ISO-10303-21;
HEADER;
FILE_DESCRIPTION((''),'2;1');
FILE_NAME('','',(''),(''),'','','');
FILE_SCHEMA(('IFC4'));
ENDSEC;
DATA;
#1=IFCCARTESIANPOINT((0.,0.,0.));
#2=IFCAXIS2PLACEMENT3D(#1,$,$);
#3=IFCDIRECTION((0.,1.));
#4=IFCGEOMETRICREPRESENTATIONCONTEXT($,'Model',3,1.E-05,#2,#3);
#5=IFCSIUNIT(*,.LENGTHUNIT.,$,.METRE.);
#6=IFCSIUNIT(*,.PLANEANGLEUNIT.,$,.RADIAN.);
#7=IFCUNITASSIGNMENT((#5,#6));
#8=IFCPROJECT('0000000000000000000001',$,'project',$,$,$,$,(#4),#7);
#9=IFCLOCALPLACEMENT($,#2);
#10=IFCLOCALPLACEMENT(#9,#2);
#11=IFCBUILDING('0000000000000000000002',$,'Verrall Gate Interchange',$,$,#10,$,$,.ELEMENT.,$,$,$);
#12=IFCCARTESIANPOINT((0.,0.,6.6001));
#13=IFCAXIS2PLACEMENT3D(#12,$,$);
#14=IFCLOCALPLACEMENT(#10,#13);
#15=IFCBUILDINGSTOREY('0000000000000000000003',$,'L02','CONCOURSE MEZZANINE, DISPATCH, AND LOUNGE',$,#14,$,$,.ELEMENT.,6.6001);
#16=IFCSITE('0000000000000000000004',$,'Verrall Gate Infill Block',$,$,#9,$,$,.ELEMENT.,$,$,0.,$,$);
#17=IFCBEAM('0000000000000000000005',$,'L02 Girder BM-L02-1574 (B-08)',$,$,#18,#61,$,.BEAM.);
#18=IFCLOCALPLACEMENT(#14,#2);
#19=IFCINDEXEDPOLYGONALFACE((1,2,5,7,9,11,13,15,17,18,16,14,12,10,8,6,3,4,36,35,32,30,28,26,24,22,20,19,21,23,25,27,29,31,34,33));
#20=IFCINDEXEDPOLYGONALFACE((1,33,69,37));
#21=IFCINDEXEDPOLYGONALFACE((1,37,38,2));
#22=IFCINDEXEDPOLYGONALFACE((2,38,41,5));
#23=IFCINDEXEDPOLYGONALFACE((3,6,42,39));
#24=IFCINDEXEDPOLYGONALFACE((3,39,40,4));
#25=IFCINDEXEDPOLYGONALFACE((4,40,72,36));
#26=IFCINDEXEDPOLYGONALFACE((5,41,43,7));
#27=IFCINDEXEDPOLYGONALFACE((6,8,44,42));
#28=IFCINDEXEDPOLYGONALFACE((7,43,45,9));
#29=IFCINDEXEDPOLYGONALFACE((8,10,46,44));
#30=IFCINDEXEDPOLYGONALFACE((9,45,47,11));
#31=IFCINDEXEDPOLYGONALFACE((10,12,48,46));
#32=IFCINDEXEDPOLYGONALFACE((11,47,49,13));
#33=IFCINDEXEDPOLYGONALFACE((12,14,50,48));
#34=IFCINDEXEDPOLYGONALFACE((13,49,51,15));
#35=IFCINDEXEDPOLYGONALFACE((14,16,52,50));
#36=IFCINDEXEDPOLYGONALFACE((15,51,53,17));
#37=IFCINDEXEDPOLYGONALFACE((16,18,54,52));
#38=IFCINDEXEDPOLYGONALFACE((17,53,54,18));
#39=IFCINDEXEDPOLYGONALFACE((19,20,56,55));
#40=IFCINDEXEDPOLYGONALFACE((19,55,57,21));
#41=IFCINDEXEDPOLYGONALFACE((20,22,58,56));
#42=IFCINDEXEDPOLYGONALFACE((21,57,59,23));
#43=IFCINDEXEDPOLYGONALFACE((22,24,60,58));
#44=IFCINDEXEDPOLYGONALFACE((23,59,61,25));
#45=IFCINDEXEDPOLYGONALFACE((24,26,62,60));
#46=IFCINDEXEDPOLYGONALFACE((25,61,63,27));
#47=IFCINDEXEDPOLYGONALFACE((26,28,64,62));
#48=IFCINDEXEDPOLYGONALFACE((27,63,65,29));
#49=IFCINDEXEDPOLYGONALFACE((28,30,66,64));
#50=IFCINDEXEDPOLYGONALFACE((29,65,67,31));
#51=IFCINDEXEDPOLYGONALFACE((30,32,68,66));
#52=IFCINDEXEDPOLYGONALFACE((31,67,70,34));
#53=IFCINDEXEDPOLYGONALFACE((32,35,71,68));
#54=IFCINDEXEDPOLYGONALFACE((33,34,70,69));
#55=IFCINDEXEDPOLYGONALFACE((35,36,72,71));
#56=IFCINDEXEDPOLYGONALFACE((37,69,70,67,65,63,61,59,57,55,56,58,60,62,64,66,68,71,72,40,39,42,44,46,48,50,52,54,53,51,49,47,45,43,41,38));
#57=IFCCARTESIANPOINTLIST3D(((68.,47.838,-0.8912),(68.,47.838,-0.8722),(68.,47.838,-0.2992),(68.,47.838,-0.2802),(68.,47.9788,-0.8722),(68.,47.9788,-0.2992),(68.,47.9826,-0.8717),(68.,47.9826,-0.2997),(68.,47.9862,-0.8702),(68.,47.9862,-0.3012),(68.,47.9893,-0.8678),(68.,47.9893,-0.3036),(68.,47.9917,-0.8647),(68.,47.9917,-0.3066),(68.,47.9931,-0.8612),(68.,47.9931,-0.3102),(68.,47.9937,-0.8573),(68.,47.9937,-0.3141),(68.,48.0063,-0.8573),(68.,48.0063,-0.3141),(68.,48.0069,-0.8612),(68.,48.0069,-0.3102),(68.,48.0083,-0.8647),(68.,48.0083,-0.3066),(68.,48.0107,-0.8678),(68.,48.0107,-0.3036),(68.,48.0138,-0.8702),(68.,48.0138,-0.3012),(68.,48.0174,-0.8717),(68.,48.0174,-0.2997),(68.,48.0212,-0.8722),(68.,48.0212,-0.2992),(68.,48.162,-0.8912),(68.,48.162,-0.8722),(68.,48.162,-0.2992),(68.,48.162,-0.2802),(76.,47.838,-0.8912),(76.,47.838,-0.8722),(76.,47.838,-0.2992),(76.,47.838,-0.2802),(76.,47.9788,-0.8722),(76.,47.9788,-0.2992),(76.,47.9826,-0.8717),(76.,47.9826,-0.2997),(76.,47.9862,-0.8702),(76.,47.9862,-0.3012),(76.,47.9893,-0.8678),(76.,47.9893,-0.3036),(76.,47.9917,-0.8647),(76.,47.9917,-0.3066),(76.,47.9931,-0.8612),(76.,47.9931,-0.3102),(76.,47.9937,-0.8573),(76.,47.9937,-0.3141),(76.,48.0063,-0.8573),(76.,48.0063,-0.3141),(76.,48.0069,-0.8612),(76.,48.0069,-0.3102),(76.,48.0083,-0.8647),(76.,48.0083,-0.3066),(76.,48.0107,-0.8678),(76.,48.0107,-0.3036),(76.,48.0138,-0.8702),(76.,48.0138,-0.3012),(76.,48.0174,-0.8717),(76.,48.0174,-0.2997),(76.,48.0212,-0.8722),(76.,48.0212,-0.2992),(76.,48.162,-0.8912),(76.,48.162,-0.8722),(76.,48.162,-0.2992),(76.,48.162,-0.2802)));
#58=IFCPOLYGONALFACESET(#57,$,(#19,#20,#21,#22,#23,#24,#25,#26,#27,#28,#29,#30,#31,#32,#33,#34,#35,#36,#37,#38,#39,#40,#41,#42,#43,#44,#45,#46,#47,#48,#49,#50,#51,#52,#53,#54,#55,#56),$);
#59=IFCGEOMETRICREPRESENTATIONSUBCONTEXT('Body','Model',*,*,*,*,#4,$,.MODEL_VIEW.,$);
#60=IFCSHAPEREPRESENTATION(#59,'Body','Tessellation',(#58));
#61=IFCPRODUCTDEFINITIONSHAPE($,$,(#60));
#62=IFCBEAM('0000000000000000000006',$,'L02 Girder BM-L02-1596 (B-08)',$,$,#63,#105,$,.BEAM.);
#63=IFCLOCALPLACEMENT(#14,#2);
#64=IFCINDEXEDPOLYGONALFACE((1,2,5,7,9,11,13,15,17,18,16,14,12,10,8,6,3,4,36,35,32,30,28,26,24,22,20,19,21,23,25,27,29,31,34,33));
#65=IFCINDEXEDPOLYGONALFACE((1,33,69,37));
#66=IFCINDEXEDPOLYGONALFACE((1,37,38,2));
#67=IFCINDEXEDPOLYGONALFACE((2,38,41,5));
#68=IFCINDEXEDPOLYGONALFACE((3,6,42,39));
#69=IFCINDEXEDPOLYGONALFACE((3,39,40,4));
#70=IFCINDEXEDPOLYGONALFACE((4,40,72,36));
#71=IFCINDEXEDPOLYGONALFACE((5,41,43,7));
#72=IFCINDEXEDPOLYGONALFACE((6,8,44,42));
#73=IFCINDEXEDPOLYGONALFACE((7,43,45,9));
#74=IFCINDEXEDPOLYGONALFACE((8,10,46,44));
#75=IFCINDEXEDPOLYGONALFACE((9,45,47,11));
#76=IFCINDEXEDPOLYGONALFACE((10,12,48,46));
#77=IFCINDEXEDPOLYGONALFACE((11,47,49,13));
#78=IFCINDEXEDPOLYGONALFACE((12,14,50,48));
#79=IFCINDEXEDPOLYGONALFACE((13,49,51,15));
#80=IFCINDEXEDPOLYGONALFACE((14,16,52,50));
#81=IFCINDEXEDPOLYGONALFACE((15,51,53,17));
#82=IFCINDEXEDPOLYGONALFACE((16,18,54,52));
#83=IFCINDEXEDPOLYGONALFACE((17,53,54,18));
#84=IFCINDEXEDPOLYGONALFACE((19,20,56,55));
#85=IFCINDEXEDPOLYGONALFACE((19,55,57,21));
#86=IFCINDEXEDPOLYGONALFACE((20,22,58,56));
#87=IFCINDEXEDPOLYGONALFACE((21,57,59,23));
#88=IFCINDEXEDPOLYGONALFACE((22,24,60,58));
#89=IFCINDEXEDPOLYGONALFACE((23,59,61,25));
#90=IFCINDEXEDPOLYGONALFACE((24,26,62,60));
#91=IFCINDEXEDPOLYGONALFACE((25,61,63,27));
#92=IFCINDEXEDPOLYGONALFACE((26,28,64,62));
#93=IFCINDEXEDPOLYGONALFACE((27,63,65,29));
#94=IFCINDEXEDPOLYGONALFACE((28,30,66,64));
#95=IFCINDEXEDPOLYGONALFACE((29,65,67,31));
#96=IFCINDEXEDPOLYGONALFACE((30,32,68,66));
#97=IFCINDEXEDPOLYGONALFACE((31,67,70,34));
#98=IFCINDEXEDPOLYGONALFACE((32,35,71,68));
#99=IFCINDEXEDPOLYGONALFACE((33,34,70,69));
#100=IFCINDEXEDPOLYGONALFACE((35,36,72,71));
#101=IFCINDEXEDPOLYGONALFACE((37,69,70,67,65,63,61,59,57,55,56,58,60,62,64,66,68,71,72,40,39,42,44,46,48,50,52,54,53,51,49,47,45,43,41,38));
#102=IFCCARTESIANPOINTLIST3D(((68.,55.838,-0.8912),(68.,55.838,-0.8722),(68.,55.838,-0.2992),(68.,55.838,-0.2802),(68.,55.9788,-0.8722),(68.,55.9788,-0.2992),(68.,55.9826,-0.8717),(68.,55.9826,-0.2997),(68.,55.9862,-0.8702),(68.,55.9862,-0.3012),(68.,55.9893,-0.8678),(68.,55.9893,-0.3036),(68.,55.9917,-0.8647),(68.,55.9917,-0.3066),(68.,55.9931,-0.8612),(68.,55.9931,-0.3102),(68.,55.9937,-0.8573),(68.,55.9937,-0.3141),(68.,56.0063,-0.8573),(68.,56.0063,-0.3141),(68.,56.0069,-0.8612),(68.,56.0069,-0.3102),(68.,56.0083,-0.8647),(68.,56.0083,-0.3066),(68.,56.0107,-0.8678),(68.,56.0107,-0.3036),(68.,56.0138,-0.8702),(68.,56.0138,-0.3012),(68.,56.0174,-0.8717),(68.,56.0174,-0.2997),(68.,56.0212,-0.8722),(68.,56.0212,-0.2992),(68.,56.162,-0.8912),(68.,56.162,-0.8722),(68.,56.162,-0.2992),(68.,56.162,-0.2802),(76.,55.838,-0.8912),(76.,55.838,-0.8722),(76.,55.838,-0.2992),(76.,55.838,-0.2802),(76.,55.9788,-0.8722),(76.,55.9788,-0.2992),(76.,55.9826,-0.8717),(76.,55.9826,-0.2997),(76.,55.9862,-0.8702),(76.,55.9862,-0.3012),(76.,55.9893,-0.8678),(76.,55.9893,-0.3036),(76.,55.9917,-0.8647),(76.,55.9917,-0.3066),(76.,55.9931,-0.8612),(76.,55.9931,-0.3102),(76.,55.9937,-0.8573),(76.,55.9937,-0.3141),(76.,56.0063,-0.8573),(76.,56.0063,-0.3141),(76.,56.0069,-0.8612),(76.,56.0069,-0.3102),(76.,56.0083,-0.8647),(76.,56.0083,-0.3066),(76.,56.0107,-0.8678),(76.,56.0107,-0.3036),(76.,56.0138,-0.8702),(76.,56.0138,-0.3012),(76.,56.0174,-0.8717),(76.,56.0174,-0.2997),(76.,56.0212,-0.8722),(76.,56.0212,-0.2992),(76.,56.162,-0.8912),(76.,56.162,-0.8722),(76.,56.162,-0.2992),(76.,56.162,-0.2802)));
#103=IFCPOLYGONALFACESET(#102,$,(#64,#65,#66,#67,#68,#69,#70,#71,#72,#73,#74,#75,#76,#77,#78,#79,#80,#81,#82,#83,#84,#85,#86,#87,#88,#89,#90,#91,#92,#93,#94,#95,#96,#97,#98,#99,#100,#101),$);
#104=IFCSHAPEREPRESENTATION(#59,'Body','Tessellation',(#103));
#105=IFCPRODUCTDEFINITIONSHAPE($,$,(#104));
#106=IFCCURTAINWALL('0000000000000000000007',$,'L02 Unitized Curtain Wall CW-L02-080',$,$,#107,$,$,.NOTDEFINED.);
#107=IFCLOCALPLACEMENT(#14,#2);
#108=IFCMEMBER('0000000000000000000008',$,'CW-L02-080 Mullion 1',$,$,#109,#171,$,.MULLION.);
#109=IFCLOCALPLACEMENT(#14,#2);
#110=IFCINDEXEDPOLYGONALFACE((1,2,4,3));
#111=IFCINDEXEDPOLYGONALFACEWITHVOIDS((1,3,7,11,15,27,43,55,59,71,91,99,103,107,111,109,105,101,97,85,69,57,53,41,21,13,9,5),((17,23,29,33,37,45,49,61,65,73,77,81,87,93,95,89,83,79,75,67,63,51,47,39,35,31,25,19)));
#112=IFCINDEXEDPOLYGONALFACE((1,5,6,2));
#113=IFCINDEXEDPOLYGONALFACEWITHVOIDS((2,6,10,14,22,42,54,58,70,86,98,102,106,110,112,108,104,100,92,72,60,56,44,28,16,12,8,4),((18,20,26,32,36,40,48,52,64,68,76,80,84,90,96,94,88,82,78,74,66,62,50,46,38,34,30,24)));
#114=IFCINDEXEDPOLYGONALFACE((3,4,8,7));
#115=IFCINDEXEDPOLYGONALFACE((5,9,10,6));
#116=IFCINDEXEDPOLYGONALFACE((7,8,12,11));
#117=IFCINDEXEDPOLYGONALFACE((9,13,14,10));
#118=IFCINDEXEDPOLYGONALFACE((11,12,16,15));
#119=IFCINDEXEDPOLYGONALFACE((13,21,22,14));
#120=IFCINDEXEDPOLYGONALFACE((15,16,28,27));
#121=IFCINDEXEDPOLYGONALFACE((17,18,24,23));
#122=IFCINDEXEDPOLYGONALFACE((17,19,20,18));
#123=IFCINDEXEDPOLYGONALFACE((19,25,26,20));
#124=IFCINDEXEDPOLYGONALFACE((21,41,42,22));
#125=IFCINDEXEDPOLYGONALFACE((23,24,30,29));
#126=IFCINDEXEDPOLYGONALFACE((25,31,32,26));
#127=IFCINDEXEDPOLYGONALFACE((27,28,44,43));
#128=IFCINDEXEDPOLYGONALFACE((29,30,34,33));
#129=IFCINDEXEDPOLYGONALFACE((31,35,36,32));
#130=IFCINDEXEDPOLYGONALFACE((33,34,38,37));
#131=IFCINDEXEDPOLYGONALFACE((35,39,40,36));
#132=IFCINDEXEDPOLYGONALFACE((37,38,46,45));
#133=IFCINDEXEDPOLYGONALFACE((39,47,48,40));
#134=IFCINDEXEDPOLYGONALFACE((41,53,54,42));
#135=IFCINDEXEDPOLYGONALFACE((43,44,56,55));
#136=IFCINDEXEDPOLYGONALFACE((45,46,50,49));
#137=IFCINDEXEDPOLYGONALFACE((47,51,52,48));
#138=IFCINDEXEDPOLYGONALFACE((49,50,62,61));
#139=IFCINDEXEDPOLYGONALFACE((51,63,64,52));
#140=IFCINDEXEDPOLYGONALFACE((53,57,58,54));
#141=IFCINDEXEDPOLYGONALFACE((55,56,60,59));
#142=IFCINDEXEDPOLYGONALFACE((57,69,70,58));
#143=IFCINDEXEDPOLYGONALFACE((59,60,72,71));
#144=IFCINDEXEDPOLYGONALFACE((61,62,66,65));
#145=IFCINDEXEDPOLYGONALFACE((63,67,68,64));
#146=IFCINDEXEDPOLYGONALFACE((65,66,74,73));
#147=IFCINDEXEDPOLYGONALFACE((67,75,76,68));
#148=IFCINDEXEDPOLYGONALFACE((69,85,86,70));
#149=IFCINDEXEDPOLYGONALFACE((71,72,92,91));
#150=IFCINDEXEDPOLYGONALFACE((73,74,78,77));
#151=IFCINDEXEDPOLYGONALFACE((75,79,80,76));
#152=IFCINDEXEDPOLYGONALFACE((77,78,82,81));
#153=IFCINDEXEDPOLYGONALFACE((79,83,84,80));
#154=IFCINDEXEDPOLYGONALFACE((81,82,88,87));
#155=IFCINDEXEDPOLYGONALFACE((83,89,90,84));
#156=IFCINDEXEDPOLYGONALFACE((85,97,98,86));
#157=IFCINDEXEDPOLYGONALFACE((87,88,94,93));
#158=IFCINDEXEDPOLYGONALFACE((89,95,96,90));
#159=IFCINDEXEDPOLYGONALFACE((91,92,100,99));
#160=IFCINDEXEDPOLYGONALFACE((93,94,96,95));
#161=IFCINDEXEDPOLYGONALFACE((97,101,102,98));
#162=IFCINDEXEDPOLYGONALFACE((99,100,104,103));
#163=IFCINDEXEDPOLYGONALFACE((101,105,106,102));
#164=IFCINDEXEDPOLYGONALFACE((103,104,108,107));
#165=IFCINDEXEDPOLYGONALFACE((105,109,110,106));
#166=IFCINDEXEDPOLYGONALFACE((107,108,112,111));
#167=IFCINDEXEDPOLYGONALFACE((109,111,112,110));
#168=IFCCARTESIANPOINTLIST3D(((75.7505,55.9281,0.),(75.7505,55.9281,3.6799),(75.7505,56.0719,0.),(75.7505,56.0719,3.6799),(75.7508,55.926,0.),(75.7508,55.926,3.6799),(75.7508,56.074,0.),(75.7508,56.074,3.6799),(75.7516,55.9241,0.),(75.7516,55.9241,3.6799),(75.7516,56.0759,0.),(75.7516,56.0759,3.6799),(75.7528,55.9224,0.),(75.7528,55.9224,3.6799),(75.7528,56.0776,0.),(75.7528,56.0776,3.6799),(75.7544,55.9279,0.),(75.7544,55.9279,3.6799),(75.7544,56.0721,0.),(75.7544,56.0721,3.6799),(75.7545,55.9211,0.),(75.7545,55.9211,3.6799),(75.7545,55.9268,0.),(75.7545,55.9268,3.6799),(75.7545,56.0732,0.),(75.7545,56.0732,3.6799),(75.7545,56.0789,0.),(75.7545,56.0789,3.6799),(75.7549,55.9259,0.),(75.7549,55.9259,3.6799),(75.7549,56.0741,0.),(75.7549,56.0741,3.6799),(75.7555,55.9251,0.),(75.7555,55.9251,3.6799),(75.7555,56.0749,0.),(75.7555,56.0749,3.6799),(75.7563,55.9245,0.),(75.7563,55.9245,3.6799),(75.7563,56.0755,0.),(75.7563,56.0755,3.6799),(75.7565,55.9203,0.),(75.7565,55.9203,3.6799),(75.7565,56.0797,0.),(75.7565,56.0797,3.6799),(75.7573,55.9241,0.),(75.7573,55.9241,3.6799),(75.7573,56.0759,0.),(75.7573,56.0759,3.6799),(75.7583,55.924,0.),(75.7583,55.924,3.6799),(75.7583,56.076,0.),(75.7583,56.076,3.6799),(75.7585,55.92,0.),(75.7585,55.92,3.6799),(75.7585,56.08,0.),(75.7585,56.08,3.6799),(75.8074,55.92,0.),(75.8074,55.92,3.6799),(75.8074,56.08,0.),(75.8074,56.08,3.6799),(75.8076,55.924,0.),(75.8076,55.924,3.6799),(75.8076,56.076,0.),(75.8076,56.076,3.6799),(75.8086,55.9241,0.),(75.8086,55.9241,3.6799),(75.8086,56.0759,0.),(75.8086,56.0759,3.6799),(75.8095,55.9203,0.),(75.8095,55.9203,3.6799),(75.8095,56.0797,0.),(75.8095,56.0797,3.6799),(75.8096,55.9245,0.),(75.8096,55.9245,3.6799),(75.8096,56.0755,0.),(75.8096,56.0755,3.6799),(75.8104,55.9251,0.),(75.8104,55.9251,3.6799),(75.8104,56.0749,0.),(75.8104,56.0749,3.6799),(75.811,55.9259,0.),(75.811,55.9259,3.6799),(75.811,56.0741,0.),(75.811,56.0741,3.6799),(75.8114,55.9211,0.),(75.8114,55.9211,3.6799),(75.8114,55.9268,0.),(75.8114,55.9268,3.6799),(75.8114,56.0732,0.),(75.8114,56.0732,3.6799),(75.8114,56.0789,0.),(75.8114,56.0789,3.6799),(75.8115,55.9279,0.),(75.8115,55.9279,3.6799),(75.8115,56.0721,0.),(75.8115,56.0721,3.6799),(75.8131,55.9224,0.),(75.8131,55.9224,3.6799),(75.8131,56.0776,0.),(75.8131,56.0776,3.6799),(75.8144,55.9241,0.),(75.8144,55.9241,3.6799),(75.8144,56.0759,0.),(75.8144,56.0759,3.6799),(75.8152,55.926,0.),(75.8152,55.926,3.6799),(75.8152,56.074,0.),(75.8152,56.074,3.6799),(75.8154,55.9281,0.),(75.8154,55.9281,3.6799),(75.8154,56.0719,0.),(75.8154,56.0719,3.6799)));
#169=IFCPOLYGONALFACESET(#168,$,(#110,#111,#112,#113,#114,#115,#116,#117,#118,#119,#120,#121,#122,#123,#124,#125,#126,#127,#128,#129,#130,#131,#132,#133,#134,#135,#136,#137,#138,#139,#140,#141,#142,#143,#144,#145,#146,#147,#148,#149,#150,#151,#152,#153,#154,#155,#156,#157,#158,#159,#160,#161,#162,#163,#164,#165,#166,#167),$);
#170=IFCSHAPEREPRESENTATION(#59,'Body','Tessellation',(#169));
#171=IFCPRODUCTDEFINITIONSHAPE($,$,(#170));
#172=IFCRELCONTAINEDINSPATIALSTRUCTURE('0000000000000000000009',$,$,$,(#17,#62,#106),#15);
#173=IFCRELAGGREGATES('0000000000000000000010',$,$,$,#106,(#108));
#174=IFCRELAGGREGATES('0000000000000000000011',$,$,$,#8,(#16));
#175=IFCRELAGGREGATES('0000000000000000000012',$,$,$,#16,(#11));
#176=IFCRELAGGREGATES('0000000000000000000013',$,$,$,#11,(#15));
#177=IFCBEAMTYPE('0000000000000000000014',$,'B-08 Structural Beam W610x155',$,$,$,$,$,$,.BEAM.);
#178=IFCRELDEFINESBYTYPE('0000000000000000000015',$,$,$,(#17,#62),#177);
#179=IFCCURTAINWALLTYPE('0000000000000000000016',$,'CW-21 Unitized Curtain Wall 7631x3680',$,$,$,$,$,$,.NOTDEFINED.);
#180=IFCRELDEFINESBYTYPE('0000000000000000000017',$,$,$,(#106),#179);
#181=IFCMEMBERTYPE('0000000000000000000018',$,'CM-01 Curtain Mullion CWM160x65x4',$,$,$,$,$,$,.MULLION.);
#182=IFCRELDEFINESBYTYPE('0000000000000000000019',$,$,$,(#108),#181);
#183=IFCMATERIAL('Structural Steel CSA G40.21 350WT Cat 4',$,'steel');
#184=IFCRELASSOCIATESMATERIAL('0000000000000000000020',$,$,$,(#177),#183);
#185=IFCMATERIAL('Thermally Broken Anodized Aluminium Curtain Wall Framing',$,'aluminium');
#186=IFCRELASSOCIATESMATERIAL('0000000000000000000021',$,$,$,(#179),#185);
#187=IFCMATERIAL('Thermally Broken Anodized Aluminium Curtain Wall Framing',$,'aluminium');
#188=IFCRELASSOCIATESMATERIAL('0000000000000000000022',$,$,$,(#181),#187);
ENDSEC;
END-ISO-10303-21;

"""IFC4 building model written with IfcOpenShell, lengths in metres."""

from ifc_helpers import new_model, si_unit, direction, frame, origin, origin_2d, place, context, subcontext, project, spatial, hollow_rectangle, i_section, extrude, material, material_profile, profile_set, type_object, element, aggregate, save


model = new_model("IFC4")

# Units and contexts
model_context = context("Model", 3, precision=1e-05, world=origin(), true_north=direction((0.0, 1.0)))
body_context = subcontext(model_context, "Body", "Model", "MODEL_VIEW")
ifc_project = project(units=[si_unit("LENGTHUNIT", "METRE"), si_unit("PLANEANGLEUNIT", "RADIAN")], contexts=[model_context])

# Site, building, storey
site_placement = place(None, origin())
site = spatial("IfcSite", under=ifc_project, at=site_placement, Name="Verrall Gate Infill Block", CompositionType="ELEMENT", RefElevation=0.0)
building_placement = place(site_placement, origin())
building = spatial("IfcBuilding", under=site, at=building_placement, Name="Verrall Gate Interchange", CompositionType="ELEMENT")
storey_placement = place(building_placement, frame((0.0, 0.0, 6.6001)))
storey = spatial("IfcBuildingStorey", under=building, at=storey_placement, Name="L02", Description="CONCOURSE MEZZANINE, DISPATCH, AND LOUNGE", CompositionType="ELEMENT", Elevation=6.6001)

# Beams
ifc_material_1 = material(Name="Structural Steel CSA G40.21 350WT Cat 4", Category="steel")
ifc_material_profile_1 = material_profile(ifc_material_1, i_section(OverallWidth=0.324, OverallDepth=0.6111, WebThickness=0.0127, FlangeThickness=0.019, FilletRadius=0.0149, at=origin_2d()), Name="W610x155")
ifc_profile_set_1 = profile_set([ifc_material_profile_1], Name="Structural Steel CSA G40.21 350WT Cat 4")
beam_type_1 = type_object("IfcBeamType", Name="B-08 Structural Beam W610x155", PredefinedType="BEAM", material=ifc_profile_set_1)
for number, where, z_axis, x_axis, name in (
    (1, (68.0, 48.0, -0.5857), (1.0, 0.0, 0.0), (0.0, 1.0, 0.0), "L02 Girder BM-L02-1574 (B-08)"),
    (2, (68.0, 56.0, -0.5857), (1.0, 0.0, 0.0), (0.0, 1.0, 0.0), "L02 Girder BM-L02-1596 (B-08)"),
):
    element("IfcBeam", number, at=place(storey_placement, frame(where, z_axis=z_axis, x_axis=x_axis)), inside=storey, type_object=beam_type_1, Name=name, PredefinedType="BEAM", context=body_context, shape_type="SweptSolid", body=[
        extrude(i_section(OverallWidth=0.324, OverallDepth=0.6111, WebThickness=0.0127, FlangeThickness=0.019, FilletRadius=0.0149, at=origin_2d()), origin(), (0.0, 0.0, 1.0), 8.0),
    ])

# Curtain wall, member
ifc_material_2 = material(Name="Thermally Broken Anodized Aluminium Curtain Wall Framing", Category="aluminium")
curtain_wall_type = type_object("IfcCurtainWallType", Name="CW-21 Unitized Curtain Wall 7631x3680", PredefinedType="NOTDEFINED", material=ifc_material_2)
curtain_wall_1_placement = place(storey_placement, origin())
curtain_wall_1 = element("IfcCurtainWall", 3, at=curtain_wall_1_placement, inside=storey, type_object=curtain_wall_type, Name="L02 Unitized Curtain Wall CW-L02-080", PredefinedType="NOTDEFINED")
ifc_material_3 = material(Name="Thermally Broken Anodized Aluminium Curtain Wall Framing", Category="aluminium")
ifc_material_profile_2 = material_profile(ifc_material_3, hollow_rectangle(XDim=0.0649, YDim=0.1599, WallThickness=0.0039, InnerFilletRadius=0.0039, OuterFilletRadius=0.0081, at=origin_2d()), Name="CWM160x65x4")
ifc_profile_set_2 = profile_set([ifc_material_profile_2], Name="Thermally Broken Anodized Aluminium Curtain Wall Framing")
member_type_1 = type_object("IfcMemberType", Name="CM-01 Curtain Mullion CWM160x65x4", PredefinedType="MULLION", material=ifc_profile_set_2)
member_1_placement = place(storey_placement, frame((75.783, 56.0, 0.0), z_axis=(0.0, 0.0, 1.0), x_axis=(-1.0, 0.0, 0.0)))
member_1 = element("IfcMember", 4, at=member_1_placement, type_object=member_type_1, Name="CW-L02-080 Mullion 1", PredefinedType="MULLION", context=body_context, shape_type="SweptSolid", body=[
    extrude(hollow_rectangle(XDim=0.0649, YDim=0.1599, WallThickness=0.0039, InnerFilletRadius=0.0039, OuterFilletRadius=0.0081, at=origin_2d()), origin(), (0.0, 0.0, 1.0), 3.6799),
])

aggregate(curtain_wall_1, [member_1])

save(model, "model.ifc")
